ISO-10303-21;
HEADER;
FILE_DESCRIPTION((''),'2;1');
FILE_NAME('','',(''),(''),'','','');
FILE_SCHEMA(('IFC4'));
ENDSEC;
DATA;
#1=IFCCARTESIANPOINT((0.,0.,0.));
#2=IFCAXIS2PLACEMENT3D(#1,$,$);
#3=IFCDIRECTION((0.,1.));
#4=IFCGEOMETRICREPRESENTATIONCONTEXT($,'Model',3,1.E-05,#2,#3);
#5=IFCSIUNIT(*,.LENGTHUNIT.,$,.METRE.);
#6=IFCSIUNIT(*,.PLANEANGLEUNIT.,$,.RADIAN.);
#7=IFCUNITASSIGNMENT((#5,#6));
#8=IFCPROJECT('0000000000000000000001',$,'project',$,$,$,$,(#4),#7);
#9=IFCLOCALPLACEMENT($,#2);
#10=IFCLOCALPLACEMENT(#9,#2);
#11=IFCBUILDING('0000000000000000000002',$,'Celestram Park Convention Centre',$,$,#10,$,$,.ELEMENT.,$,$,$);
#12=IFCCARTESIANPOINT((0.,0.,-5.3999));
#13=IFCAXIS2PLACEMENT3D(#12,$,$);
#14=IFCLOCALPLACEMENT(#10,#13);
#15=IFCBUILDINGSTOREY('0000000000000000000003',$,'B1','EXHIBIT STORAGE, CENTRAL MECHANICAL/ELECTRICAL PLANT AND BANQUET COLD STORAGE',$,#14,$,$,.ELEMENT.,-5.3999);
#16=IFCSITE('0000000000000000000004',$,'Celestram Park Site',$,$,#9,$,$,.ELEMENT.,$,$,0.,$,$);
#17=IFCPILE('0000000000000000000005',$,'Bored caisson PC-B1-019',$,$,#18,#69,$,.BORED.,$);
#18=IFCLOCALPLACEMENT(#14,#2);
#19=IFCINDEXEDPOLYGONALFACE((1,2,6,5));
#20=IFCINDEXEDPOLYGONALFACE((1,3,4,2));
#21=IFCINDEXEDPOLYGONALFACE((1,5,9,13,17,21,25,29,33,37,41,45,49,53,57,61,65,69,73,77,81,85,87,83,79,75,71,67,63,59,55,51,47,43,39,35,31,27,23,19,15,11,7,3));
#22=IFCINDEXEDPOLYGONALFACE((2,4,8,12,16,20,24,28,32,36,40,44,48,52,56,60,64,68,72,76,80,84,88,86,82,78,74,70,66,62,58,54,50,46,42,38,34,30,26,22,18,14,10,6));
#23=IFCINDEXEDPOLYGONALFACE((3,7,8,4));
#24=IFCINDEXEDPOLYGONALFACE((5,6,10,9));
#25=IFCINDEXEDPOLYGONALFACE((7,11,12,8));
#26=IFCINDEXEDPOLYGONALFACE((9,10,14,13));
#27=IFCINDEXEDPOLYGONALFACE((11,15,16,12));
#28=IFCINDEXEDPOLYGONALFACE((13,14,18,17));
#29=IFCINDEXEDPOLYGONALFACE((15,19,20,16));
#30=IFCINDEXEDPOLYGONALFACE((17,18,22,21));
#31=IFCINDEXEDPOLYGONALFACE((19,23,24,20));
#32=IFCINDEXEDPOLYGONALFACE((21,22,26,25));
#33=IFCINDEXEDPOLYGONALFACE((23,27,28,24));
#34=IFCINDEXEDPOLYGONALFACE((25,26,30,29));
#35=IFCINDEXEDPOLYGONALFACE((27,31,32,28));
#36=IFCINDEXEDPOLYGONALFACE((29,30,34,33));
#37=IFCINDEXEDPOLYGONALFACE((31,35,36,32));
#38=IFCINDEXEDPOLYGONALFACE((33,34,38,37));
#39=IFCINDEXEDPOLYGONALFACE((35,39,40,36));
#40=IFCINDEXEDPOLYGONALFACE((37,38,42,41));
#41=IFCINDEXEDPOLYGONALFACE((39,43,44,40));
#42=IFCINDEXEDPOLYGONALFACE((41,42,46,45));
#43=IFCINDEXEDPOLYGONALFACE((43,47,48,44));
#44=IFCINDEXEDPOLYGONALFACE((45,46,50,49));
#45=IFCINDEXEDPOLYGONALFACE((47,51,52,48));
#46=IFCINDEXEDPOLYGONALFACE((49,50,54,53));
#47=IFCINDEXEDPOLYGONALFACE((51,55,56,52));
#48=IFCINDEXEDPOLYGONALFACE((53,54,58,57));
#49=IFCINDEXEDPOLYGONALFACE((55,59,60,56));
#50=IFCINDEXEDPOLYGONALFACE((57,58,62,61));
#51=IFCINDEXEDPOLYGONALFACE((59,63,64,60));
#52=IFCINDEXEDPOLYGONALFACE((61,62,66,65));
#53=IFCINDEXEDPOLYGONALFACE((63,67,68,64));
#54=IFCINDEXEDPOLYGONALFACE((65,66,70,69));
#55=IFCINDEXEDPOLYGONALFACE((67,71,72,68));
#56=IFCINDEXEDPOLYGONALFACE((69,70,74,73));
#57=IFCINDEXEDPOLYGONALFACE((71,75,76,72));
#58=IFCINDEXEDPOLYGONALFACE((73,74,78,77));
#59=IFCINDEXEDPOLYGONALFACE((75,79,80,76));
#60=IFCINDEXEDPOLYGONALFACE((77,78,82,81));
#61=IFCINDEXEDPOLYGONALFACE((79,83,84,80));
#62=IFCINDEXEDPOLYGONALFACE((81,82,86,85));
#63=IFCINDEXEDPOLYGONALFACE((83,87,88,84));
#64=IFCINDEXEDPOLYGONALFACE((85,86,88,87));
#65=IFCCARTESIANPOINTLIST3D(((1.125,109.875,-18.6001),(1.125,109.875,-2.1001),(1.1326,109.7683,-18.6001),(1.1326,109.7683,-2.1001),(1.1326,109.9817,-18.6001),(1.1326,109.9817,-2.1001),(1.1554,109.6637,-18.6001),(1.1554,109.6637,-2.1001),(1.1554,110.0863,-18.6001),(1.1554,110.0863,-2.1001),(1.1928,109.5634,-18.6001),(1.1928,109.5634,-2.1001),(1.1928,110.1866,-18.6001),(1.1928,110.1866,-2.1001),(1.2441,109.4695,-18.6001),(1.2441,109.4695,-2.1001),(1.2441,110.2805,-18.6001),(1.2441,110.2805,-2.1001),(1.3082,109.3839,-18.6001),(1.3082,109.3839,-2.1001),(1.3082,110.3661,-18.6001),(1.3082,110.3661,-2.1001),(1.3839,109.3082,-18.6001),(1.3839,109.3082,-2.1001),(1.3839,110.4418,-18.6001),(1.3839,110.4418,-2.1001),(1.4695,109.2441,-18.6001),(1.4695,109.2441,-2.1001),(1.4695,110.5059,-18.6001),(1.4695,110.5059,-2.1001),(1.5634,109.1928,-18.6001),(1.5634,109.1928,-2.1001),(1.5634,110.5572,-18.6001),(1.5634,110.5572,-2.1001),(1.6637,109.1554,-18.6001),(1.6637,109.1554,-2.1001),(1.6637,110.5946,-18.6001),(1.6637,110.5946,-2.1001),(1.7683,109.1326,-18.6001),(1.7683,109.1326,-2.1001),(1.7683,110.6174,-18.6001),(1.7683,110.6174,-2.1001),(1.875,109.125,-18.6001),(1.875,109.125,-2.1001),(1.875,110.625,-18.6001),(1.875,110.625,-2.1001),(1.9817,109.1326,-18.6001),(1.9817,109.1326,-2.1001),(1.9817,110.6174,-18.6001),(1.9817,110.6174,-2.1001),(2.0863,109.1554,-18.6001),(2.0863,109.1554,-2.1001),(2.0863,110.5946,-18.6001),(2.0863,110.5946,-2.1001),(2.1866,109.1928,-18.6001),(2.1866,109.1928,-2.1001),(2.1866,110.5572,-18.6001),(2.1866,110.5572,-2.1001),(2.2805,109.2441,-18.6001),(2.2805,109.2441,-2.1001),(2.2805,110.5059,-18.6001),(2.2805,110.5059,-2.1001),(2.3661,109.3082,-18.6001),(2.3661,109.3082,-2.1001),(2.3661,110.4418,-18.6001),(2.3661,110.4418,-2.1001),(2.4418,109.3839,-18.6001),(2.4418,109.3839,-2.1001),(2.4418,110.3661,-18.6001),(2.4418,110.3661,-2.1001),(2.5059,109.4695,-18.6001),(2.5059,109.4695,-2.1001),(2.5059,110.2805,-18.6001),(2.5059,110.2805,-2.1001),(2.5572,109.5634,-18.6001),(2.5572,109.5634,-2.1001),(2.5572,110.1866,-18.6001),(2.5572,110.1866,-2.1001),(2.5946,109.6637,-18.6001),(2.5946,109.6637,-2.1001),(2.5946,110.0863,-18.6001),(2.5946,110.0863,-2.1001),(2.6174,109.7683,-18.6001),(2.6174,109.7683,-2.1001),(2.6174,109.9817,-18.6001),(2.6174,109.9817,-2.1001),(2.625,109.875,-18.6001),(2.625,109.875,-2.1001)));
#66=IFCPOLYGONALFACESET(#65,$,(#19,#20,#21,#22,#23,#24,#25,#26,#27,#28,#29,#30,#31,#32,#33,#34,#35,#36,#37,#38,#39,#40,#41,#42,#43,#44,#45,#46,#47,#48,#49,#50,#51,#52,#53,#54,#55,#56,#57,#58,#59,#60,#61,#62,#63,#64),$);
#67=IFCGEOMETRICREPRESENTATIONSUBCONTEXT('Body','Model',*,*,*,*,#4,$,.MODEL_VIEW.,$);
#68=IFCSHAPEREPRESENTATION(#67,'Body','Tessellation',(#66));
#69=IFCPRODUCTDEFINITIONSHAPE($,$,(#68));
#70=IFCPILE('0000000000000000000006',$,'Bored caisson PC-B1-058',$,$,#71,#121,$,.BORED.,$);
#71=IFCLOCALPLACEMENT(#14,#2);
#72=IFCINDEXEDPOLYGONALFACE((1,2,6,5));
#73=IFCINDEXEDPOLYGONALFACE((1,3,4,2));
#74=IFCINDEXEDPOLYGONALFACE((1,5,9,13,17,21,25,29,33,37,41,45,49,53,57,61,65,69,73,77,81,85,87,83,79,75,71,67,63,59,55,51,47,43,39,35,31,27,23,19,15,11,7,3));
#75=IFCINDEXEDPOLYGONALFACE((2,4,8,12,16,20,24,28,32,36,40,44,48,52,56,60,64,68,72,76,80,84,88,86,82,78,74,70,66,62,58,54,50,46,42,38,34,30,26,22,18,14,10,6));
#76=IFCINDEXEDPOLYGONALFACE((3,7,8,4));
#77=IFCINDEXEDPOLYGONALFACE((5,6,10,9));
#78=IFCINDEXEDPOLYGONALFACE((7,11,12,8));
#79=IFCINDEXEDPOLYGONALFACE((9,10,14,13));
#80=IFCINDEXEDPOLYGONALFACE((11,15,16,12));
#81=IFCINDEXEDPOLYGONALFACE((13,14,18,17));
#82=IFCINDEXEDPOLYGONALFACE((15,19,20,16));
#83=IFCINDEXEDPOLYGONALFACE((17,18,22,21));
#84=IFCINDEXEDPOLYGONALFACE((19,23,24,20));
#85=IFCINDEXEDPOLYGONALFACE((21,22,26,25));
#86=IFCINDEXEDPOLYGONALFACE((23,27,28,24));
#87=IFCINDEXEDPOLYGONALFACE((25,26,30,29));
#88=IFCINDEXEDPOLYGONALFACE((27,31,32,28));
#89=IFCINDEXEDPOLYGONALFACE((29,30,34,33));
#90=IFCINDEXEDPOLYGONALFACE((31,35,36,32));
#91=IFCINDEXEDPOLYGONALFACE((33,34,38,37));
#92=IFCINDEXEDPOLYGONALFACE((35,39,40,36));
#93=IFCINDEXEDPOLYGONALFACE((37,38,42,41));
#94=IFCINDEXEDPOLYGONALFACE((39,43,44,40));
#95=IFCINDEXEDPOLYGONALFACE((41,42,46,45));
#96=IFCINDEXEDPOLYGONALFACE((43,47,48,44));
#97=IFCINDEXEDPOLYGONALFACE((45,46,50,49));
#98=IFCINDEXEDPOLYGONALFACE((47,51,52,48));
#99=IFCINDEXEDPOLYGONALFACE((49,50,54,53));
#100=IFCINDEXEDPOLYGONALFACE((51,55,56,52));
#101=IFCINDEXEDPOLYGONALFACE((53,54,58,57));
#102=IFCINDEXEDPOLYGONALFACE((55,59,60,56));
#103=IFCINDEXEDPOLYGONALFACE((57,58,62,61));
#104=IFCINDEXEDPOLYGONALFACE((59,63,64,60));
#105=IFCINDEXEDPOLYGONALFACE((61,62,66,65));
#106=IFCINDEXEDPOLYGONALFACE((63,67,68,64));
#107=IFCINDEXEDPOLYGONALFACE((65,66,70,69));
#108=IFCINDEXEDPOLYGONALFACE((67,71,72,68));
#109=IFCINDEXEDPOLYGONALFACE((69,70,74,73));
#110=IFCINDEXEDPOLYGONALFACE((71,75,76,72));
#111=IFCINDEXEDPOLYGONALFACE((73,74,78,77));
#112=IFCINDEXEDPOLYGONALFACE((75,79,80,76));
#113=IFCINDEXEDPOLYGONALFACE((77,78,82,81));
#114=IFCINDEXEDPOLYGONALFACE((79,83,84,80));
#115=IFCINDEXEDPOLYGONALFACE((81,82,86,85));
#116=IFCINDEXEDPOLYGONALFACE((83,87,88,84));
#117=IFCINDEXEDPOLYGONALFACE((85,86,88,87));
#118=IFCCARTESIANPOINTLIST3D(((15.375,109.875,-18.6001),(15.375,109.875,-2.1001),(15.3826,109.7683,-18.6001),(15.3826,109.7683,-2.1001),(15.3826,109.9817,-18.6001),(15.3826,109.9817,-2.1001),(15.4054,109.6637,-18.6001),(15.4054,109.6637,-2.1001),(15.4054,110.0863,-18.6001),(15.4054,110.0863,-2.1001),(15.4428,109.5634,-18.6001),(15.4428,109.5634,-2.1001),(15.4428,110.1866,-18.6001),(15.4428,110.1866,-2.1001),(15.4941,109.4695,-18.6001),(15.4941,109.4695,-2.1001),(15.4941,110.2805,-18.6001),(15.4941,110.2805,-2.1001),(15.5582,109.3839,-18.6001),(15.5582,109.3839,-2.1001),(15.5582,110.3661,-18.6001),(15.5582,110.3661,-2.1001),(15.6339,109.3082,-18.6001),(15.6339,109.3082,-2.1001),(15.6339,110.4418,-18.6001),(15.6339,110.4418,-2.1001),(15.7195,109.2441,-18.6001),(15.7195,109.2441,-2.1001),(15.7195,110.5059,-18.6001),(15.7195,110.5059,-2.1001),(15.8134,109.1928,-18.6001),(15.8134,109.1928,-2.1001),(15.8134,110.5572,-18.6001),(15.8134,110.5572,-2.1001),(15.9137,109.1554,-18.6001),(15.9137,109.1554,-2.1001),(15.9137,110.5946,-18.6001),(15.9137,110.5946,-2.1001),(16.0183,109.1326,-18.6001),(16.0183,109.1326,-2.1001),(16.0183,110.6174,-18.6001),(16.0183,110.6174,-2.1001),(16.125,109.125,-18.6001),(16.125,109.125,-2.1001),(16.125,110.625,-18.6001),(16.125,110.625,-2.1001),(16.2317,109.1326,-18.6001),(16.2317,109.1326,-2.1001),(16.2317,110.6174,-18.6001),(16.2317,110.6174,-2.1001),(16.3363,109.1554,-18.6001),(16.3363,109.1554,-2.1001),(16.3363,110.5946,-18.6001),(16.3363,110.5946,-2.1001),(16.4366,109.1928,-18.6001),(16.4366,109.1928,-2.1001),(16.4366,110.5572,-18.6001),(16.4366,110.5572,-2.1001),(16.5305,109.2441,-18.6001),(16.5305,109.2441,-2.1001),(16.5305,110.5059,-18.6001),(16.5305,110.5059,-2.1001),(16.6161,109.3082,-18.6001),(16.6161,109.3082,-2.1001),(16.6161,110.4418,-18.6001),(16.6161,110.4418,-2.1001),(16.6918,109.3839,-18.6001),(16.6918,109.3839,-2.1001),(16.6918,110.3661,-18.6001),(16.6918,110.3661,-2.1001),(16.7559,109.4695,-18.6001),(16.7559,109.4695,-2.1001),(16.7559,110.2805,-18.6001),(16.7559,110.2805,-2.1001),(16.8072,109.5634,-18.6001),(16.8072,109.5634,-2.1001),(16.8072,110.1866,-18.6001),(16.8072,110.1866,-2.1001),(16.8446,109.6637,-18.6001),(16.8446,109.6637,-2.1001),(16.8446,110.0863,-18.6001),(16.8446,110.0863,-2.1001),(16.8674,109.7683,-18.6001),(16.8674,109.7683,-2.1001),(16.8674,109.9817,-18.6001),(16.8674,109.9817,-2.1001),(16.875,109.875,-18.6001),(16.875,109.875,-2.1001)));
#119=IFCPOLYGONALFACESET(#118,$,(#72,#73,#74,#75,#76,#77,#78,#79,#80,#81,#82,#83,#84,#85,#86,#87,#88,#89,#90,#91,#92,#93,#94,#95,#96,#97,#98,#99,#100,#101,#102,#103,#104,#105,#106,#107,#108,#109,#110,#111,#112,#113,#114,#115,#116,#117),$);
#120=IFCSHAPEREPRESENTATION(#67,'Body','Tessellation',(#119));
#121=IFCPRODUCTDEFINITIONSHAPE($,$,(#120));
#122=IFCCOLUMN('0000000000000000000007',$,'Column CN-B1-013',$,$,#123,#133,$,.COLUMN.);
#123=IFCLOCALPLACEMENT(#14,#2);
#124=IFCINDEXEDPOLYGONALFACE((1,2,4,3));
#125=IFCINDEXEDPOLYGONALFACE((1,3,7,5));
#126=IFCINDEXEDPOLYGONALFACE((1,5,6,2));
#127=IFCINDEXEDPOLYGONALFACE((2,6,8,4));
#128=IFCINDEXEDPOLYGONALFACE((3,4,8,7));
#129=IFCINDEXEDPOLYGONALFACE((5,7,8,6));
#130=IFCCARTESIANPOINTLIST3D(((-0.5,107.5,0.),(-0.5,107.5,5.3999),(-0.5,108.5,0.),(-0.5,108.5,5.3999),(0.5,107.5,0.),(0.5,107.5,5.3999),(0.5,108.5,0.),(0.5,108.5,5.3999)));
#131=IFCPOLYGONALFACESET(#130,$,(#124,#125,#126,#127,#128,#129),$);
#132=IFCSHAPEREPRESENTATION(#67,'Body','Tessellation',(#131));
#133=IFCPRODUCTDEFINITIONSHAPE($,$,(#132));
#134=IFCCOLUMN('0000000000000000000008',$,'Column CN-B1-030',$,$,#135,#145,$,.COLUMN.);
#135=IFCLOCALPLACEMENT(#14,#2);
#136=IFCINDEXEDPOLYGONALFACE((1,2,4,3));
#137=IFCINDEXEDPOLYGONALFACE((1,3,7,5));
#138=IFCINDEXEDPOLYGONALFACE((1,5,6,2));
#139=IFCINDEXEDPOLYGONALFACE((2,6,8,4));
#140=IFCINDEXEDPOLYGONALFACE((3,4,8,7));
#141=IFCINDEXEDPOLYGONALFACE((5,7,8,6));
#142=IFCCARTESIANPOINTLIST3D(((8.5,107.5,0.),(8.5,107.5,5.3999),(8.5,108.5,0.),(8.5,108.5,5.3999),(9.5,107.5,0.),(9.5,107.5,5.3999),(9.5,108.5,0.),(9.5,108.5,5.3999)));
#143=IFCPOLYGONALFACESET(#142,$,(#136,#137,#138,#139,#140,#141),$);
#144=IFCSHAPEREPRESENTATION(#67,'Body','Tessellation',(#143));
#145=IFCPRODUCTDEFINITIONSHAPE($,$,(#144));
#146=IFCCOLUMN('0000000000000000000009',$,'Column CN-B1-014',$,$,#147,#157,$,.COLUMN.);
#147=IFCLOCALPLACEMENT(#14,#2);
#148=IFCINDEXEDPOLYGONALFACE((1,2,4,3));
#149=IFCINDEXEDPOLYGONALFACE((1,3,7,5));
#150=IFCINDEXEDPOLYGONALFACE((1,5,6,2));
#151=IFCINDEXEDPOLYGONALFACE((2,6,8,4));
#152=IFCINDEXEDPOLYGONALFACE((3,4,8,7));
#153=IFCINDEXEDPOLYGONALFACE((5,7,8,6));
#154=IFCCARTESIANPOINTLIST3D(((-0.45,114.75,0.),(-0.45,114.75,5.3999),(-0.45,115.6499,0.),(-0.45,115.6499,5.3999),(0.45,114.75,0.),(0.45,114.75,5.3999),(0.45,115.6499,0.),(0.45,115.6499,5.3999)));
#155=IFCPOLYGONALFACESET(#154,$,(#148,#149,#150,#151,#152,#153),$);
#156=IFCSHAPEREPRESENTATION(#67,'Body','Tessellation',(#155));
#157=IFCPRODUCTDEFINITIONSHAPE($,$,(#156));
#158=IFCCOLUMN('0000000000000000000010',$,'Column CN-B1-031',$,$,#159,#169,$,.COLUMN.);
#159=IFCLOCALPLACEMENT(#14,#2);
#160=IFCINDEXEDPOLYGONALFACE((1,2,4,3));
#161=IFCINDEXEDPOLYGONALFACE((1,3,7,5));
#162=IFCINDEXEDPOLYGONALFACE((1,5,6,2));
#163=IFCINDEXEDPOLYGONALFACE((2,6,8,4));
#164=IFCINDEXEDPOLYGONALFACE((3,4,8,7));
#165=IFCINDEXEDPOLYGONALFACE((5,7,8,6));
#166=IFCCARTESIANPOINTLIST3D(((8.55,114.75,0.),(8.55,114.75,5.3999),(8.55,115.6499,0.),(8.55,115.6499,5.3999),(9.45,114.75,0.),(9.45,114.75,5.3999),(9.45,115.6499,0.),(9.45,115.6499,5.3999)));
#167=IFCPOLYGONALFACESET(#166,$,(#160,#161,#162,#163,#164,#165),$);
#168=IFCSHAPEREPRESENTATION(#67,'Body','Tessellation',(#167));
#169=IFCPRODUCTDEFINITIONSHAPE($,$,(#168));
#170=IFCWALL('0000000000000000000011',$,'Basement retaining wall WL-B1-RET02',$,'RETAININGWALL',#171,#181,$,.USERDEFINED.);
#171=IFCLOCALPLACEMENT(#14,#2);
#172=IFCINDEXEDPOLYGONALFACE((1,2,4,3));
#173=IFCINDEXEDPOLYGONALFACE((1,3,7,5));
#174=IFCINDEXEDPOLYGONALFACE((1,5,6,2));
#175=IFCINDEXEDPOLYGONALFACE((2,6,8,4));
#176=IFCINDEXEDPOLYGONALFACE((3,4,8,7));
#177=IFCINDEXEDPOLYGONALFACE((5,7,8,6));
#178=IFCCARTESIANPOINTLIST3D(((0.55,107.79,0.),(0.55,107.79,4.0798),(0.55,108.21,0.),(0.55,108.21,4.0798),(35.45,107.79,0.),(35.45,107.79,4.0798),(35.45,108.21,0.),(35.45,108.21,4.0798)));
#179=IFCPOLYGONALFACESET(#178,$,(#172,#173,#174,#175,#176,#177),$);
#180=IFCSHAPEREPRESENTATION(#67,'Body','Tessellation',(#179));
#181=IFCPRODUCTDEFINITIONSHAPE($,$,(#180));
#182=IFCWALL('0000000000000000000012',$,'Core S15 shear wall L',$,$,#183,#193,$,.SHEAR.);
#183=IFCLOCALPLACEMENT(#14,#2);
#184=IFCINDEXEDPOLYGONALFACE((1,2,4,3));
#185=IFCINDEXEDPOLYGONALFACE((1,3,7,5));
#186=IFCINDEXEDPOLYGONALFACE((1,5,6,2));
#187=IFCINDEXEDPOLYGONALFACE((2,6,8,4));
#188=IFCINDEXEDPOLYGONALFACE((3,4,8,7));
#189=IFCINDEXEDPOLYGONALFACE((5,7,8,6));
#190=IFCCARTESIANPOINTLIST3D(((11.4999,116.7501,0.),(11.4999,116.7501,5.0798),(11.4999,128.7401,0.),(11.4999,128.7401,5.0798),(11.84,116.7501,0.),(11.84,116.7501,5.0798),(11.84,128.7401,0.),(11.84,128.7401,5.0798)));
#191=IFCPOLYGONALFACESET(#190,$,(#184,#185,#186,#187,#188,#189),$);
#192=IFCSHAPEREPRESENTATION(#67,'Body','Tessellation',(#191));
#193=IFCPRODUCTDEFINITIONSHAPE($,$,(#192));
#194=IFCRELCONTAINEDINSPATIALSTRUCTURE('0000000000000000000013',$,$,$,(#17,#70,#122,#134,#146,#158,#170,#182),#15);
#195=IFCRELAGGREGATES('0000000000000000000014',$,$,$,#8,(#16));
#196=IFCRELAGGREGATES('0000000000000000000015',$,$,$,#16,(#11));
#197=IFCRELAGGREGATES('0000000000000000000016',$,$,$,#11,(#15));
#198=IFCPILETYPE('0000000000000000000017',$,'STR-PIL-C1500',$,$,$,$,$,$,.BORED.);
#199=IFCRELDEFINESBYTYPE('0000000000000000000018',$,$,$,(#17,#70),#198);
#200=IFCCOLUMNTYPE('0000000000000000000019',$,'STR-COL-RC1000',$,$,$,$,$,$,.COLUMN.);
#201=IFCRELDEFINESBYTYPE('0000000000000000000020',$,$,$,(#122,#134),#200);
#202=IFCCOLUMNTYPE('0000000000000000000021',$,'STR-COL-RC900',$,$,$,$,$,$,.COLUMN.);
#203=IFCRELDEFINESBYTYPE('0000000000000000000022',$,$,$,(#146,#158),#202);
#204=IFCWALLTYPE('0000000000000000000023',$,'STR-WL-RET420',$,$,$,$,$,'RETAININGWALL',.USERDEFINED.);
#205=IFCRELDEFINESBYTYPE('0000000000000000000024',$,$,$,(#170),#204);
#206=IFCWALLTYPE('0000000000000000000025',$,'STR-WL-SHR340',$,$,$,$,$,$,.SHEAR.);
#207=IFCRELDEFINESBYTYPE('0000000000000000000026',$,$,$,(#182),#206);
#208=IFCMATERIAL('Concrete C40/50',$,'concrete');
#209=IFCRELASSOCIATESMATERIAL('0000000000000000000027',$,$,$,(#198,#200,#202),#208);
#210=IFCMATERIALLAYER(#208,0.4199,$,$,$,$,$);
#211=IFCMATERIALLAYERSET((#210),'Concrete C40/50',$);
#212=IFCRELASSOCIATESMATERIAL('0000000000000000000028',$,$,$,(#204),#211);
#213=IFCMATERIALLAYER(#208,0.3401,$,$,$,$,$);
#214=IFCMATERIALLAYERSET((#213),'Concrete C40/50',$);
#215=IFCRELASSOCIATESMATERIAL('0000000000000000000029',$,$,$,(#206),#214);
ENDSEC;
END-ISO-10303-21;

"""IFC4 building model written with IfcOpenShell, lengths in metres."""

from ifc_helpers import new_model, si_unit, direction, frame, frame_2d, origin, origin_2d, place, context, subcontext, project, spatial, rectangle, circle, extrude, material, layer, layer_set, material_profile, profile_set, type_object, element, save


model = new_model("IFC4")

# Units and contexts
model_context = context("Model", 3, precision=1e-05, world=origin(), true_north=direction((0.0, 1.0)))
body_context = subcontext(model_context, "Body", "Model", "MODEL_VIEW")
ifc_project = project(units=[si_unit("LENGTHUNIT", "METRE"), si_unit("PLANEANGLEUNIT", "RADIAN")], contexts=[model_context])

# Site, building, storey
site_placement = place(None, origin())
site = spatial("IfcSite", under=ifc_project, at=site_placement, Name="Celestram Park Site", CompositionType="ELEMENT", RefElevation=0.0)
building_placement = place(site_placement, origin())
building = spatial("IfcBuilding", under=site, at=building_placement, Name="Celestram Park Convention Centre", CompositionType="ELEMENT")
storey_placement = place(building_placement, frame((0.0, 0.0, -5.3999)))
storey = spatial("IfcBuildingStorey", under=building, at=storey_placement, Name="B1", Description="EXHIBIT STORAGE, CENTRAL MECHANICAL/ELECTRICAL PLANT AND BANQUET COLD STORAGE", CompositionType="ELEMENT", Elevation=-5.3999)

# Shared definitions
ifc_material_1 = material(Name="Concrete C40/50", Category="concrete")

# Piles
ifc_material_profile_1 = material_profile(ifc_material_1, circle(Radius=0.75, at=origin_2d()), Name="CAISSON1500")
ifc_profile_set_1 = profile_set([ifc_material_profile_1], Name="Concrete C40/50")
pile_type_1 = type_object("IfcPileType", Name="STR-PIL-C1500", PredefinedType="BORED", material=ifc_profile_set_1)
for number, where, z_axis, x_axis, name in (
    (1, (1.875, 109.875, -2.1001), (0.0, 0.0, -1.0), (1.0, 0.0, 0.0), "Bored caisson PC-B1-019"),
    (2, (16.125, 109.875, -2.1001), (0.0, 0.0, -1.0), (1.0, 0.0, 0.0), "Bored caisson PC-B1-058"),
):
    element("IfcPile", number, at=place(storey_placement, frame(where, z_axis=z_axis, x_axis=x_axis)), inside=storey, type_object=pile_type_1, Name=name, PredefinedType="BORED", context=body_context, shape_type="SweptSolid", body=[
        extrude(circle(Radius=0.75, at=origin_2d()), origin(), (0.0, 0.0, 1.0), 16.5),
    ])

# Columns
ifc_material_profile_2 = material_profile(ifc_material_1, rectangle(XDim=1.0, YDim=1.0, at=origin_2d()), Name="RC1000X1000")
ifc_profile_set_2 = profile_set([ifc_material_profile_2], Name="Concrete C40/50")
column_type_1 = type_object("IfcColumnType", Name="STR-COL-RC1000", PredefinedType="COLUMN", material=ifc_profile_set_2)
for number, where, z_axis, x_axis, name in (
    (3, (0.0, 108.0, 0.0), (0.0, 0.0, 1.0), (1.0, 0.0, 0.0), "Column CN-B1-013"),
    (4, (9.0, 108.0, 0.0), (0.0, 0.0, 1.0), (1.0, 0.0, 0.0), "Column CN-B1-030"),
):
    element("IfcColumn", number, at=place(storey_placement, frame(where, z_axis=z_axis, x_axis=x_axis)), inside=storey, type_object=column_type_1, Name=name, PredefinedType="COLUMN", context=body_context, shape_type="SweptSolid", body=[
        extrude(rectangle(XDim=1.0, YDim=1.0, at=origin_2d()), origin(), (0.0, 0.0, 1.0), 5.3999),
    ])
ifc_material_profile_3 = material_profile(ifc_material_1, rectangle(XDim=0.8999, YDim=0.8999, at=origin_2d()), Name="RC900X900")
ifc_profile_set_3 = profile_set([ifc_material_profile_3], Name="Concrete C40/50")
column_type_2 = type_object("IfcColumnType", Name="STR-COL-RC900", PredefinedType="COLUMN", material=ifc_profile_set_3)
for number, where, z_axis, x_axis, name in (
    (5, (0.0, 115.2, 0.0), (0.0, 0.0, 1.0), (1.0, 0.0, 0.0), "Column CN-B1-014"),
    (6, (9.0, 115.2, 0.0), (0.0, 0.0, 1.0), (1.0, 0.0, 0.0), "Column CN-B1-031"),
):
    element("IfcColumn", number, at=place(storey_placement, frame(where, z_axis=z_axis, x_axis=x_axis)), inside=storey, type_object=column_type_2, Name=name, PredefinedType="COLUMN", context=body_context, shape_type="SweptSolid", body=[
        extrude(rectangle(XDim=0.8999, YDim=0.8999, at=origin_2d()), origin(), (0.0, 0.0, 1.0), 5.3999),
    ])

# Walls
ifc_layer_1 = layer(ifc_material_1, 0.4199)
ifc_layer_set_1 = layer_set([ifc_layer_1], Name="Concrete C40/50")
wall_type_1 = type_object("IfcWallType", Name="STR-WL-RET420", ElementType="RETAININGWALL", PredefinedType="USERDEFINED", material=ifc_layer_set_1)
wall_1_placement = place(storey_placement, frame((0.55, 108.0, 0.0), z_axis=(0.0, 0.0, 1.0), x_axis=(1.0, 0.0, 0.0)))
element("IfcWall", 7, at=wall_1_placement, inside=storey, type_object=wall_type_1, Name="Basement retaining wall WL-B1-RET02", ObjectType="RETAININGWALL", PredefinedType="USERDEFINED", context=body_context, shape_type="SweptSolid", body=[
    extrude(rectangle(XDim=34.8999, YDim=0.4199, at=frame_2d((17.45, 0.0))), origin(), (0.0, 0.0, 1.0), 4.0798),
])
ifc_layer_2 = layer(ifc_material_1, 0.3401)
ifc_layer_set_2 = layer_set([ifc_layer_2], Name="Concrete C40/50")
wall_type_2 = type_object("IfcWallType", Name="STR-WL-SHR340", PredefinedType="SHEAR", material=ifc_layer_set_2)
wall_2_placement = place(storey_placement, frame((11.6699, 116.75, 0.0), z_axis=(0.0, 0.0, 1.0), x_axis=(0.0, 1.0, 0.0)))
element("IfcWall", 8, at=wall_2_placement, inside=storey, type_object=wall_type_2, Name="Core S15 shear wall L", PredefinedType="SHEAR", context=body_context, shape_type="SweptSolid", body=[
    extrude(rectangle(XDim=11.99, YDim=0.3401, at=frame_2d((5.9951, 0.0))), origin(), (0.0, 0.0, 1.0), 5.0798),
])

save(model, "model.ifc")
